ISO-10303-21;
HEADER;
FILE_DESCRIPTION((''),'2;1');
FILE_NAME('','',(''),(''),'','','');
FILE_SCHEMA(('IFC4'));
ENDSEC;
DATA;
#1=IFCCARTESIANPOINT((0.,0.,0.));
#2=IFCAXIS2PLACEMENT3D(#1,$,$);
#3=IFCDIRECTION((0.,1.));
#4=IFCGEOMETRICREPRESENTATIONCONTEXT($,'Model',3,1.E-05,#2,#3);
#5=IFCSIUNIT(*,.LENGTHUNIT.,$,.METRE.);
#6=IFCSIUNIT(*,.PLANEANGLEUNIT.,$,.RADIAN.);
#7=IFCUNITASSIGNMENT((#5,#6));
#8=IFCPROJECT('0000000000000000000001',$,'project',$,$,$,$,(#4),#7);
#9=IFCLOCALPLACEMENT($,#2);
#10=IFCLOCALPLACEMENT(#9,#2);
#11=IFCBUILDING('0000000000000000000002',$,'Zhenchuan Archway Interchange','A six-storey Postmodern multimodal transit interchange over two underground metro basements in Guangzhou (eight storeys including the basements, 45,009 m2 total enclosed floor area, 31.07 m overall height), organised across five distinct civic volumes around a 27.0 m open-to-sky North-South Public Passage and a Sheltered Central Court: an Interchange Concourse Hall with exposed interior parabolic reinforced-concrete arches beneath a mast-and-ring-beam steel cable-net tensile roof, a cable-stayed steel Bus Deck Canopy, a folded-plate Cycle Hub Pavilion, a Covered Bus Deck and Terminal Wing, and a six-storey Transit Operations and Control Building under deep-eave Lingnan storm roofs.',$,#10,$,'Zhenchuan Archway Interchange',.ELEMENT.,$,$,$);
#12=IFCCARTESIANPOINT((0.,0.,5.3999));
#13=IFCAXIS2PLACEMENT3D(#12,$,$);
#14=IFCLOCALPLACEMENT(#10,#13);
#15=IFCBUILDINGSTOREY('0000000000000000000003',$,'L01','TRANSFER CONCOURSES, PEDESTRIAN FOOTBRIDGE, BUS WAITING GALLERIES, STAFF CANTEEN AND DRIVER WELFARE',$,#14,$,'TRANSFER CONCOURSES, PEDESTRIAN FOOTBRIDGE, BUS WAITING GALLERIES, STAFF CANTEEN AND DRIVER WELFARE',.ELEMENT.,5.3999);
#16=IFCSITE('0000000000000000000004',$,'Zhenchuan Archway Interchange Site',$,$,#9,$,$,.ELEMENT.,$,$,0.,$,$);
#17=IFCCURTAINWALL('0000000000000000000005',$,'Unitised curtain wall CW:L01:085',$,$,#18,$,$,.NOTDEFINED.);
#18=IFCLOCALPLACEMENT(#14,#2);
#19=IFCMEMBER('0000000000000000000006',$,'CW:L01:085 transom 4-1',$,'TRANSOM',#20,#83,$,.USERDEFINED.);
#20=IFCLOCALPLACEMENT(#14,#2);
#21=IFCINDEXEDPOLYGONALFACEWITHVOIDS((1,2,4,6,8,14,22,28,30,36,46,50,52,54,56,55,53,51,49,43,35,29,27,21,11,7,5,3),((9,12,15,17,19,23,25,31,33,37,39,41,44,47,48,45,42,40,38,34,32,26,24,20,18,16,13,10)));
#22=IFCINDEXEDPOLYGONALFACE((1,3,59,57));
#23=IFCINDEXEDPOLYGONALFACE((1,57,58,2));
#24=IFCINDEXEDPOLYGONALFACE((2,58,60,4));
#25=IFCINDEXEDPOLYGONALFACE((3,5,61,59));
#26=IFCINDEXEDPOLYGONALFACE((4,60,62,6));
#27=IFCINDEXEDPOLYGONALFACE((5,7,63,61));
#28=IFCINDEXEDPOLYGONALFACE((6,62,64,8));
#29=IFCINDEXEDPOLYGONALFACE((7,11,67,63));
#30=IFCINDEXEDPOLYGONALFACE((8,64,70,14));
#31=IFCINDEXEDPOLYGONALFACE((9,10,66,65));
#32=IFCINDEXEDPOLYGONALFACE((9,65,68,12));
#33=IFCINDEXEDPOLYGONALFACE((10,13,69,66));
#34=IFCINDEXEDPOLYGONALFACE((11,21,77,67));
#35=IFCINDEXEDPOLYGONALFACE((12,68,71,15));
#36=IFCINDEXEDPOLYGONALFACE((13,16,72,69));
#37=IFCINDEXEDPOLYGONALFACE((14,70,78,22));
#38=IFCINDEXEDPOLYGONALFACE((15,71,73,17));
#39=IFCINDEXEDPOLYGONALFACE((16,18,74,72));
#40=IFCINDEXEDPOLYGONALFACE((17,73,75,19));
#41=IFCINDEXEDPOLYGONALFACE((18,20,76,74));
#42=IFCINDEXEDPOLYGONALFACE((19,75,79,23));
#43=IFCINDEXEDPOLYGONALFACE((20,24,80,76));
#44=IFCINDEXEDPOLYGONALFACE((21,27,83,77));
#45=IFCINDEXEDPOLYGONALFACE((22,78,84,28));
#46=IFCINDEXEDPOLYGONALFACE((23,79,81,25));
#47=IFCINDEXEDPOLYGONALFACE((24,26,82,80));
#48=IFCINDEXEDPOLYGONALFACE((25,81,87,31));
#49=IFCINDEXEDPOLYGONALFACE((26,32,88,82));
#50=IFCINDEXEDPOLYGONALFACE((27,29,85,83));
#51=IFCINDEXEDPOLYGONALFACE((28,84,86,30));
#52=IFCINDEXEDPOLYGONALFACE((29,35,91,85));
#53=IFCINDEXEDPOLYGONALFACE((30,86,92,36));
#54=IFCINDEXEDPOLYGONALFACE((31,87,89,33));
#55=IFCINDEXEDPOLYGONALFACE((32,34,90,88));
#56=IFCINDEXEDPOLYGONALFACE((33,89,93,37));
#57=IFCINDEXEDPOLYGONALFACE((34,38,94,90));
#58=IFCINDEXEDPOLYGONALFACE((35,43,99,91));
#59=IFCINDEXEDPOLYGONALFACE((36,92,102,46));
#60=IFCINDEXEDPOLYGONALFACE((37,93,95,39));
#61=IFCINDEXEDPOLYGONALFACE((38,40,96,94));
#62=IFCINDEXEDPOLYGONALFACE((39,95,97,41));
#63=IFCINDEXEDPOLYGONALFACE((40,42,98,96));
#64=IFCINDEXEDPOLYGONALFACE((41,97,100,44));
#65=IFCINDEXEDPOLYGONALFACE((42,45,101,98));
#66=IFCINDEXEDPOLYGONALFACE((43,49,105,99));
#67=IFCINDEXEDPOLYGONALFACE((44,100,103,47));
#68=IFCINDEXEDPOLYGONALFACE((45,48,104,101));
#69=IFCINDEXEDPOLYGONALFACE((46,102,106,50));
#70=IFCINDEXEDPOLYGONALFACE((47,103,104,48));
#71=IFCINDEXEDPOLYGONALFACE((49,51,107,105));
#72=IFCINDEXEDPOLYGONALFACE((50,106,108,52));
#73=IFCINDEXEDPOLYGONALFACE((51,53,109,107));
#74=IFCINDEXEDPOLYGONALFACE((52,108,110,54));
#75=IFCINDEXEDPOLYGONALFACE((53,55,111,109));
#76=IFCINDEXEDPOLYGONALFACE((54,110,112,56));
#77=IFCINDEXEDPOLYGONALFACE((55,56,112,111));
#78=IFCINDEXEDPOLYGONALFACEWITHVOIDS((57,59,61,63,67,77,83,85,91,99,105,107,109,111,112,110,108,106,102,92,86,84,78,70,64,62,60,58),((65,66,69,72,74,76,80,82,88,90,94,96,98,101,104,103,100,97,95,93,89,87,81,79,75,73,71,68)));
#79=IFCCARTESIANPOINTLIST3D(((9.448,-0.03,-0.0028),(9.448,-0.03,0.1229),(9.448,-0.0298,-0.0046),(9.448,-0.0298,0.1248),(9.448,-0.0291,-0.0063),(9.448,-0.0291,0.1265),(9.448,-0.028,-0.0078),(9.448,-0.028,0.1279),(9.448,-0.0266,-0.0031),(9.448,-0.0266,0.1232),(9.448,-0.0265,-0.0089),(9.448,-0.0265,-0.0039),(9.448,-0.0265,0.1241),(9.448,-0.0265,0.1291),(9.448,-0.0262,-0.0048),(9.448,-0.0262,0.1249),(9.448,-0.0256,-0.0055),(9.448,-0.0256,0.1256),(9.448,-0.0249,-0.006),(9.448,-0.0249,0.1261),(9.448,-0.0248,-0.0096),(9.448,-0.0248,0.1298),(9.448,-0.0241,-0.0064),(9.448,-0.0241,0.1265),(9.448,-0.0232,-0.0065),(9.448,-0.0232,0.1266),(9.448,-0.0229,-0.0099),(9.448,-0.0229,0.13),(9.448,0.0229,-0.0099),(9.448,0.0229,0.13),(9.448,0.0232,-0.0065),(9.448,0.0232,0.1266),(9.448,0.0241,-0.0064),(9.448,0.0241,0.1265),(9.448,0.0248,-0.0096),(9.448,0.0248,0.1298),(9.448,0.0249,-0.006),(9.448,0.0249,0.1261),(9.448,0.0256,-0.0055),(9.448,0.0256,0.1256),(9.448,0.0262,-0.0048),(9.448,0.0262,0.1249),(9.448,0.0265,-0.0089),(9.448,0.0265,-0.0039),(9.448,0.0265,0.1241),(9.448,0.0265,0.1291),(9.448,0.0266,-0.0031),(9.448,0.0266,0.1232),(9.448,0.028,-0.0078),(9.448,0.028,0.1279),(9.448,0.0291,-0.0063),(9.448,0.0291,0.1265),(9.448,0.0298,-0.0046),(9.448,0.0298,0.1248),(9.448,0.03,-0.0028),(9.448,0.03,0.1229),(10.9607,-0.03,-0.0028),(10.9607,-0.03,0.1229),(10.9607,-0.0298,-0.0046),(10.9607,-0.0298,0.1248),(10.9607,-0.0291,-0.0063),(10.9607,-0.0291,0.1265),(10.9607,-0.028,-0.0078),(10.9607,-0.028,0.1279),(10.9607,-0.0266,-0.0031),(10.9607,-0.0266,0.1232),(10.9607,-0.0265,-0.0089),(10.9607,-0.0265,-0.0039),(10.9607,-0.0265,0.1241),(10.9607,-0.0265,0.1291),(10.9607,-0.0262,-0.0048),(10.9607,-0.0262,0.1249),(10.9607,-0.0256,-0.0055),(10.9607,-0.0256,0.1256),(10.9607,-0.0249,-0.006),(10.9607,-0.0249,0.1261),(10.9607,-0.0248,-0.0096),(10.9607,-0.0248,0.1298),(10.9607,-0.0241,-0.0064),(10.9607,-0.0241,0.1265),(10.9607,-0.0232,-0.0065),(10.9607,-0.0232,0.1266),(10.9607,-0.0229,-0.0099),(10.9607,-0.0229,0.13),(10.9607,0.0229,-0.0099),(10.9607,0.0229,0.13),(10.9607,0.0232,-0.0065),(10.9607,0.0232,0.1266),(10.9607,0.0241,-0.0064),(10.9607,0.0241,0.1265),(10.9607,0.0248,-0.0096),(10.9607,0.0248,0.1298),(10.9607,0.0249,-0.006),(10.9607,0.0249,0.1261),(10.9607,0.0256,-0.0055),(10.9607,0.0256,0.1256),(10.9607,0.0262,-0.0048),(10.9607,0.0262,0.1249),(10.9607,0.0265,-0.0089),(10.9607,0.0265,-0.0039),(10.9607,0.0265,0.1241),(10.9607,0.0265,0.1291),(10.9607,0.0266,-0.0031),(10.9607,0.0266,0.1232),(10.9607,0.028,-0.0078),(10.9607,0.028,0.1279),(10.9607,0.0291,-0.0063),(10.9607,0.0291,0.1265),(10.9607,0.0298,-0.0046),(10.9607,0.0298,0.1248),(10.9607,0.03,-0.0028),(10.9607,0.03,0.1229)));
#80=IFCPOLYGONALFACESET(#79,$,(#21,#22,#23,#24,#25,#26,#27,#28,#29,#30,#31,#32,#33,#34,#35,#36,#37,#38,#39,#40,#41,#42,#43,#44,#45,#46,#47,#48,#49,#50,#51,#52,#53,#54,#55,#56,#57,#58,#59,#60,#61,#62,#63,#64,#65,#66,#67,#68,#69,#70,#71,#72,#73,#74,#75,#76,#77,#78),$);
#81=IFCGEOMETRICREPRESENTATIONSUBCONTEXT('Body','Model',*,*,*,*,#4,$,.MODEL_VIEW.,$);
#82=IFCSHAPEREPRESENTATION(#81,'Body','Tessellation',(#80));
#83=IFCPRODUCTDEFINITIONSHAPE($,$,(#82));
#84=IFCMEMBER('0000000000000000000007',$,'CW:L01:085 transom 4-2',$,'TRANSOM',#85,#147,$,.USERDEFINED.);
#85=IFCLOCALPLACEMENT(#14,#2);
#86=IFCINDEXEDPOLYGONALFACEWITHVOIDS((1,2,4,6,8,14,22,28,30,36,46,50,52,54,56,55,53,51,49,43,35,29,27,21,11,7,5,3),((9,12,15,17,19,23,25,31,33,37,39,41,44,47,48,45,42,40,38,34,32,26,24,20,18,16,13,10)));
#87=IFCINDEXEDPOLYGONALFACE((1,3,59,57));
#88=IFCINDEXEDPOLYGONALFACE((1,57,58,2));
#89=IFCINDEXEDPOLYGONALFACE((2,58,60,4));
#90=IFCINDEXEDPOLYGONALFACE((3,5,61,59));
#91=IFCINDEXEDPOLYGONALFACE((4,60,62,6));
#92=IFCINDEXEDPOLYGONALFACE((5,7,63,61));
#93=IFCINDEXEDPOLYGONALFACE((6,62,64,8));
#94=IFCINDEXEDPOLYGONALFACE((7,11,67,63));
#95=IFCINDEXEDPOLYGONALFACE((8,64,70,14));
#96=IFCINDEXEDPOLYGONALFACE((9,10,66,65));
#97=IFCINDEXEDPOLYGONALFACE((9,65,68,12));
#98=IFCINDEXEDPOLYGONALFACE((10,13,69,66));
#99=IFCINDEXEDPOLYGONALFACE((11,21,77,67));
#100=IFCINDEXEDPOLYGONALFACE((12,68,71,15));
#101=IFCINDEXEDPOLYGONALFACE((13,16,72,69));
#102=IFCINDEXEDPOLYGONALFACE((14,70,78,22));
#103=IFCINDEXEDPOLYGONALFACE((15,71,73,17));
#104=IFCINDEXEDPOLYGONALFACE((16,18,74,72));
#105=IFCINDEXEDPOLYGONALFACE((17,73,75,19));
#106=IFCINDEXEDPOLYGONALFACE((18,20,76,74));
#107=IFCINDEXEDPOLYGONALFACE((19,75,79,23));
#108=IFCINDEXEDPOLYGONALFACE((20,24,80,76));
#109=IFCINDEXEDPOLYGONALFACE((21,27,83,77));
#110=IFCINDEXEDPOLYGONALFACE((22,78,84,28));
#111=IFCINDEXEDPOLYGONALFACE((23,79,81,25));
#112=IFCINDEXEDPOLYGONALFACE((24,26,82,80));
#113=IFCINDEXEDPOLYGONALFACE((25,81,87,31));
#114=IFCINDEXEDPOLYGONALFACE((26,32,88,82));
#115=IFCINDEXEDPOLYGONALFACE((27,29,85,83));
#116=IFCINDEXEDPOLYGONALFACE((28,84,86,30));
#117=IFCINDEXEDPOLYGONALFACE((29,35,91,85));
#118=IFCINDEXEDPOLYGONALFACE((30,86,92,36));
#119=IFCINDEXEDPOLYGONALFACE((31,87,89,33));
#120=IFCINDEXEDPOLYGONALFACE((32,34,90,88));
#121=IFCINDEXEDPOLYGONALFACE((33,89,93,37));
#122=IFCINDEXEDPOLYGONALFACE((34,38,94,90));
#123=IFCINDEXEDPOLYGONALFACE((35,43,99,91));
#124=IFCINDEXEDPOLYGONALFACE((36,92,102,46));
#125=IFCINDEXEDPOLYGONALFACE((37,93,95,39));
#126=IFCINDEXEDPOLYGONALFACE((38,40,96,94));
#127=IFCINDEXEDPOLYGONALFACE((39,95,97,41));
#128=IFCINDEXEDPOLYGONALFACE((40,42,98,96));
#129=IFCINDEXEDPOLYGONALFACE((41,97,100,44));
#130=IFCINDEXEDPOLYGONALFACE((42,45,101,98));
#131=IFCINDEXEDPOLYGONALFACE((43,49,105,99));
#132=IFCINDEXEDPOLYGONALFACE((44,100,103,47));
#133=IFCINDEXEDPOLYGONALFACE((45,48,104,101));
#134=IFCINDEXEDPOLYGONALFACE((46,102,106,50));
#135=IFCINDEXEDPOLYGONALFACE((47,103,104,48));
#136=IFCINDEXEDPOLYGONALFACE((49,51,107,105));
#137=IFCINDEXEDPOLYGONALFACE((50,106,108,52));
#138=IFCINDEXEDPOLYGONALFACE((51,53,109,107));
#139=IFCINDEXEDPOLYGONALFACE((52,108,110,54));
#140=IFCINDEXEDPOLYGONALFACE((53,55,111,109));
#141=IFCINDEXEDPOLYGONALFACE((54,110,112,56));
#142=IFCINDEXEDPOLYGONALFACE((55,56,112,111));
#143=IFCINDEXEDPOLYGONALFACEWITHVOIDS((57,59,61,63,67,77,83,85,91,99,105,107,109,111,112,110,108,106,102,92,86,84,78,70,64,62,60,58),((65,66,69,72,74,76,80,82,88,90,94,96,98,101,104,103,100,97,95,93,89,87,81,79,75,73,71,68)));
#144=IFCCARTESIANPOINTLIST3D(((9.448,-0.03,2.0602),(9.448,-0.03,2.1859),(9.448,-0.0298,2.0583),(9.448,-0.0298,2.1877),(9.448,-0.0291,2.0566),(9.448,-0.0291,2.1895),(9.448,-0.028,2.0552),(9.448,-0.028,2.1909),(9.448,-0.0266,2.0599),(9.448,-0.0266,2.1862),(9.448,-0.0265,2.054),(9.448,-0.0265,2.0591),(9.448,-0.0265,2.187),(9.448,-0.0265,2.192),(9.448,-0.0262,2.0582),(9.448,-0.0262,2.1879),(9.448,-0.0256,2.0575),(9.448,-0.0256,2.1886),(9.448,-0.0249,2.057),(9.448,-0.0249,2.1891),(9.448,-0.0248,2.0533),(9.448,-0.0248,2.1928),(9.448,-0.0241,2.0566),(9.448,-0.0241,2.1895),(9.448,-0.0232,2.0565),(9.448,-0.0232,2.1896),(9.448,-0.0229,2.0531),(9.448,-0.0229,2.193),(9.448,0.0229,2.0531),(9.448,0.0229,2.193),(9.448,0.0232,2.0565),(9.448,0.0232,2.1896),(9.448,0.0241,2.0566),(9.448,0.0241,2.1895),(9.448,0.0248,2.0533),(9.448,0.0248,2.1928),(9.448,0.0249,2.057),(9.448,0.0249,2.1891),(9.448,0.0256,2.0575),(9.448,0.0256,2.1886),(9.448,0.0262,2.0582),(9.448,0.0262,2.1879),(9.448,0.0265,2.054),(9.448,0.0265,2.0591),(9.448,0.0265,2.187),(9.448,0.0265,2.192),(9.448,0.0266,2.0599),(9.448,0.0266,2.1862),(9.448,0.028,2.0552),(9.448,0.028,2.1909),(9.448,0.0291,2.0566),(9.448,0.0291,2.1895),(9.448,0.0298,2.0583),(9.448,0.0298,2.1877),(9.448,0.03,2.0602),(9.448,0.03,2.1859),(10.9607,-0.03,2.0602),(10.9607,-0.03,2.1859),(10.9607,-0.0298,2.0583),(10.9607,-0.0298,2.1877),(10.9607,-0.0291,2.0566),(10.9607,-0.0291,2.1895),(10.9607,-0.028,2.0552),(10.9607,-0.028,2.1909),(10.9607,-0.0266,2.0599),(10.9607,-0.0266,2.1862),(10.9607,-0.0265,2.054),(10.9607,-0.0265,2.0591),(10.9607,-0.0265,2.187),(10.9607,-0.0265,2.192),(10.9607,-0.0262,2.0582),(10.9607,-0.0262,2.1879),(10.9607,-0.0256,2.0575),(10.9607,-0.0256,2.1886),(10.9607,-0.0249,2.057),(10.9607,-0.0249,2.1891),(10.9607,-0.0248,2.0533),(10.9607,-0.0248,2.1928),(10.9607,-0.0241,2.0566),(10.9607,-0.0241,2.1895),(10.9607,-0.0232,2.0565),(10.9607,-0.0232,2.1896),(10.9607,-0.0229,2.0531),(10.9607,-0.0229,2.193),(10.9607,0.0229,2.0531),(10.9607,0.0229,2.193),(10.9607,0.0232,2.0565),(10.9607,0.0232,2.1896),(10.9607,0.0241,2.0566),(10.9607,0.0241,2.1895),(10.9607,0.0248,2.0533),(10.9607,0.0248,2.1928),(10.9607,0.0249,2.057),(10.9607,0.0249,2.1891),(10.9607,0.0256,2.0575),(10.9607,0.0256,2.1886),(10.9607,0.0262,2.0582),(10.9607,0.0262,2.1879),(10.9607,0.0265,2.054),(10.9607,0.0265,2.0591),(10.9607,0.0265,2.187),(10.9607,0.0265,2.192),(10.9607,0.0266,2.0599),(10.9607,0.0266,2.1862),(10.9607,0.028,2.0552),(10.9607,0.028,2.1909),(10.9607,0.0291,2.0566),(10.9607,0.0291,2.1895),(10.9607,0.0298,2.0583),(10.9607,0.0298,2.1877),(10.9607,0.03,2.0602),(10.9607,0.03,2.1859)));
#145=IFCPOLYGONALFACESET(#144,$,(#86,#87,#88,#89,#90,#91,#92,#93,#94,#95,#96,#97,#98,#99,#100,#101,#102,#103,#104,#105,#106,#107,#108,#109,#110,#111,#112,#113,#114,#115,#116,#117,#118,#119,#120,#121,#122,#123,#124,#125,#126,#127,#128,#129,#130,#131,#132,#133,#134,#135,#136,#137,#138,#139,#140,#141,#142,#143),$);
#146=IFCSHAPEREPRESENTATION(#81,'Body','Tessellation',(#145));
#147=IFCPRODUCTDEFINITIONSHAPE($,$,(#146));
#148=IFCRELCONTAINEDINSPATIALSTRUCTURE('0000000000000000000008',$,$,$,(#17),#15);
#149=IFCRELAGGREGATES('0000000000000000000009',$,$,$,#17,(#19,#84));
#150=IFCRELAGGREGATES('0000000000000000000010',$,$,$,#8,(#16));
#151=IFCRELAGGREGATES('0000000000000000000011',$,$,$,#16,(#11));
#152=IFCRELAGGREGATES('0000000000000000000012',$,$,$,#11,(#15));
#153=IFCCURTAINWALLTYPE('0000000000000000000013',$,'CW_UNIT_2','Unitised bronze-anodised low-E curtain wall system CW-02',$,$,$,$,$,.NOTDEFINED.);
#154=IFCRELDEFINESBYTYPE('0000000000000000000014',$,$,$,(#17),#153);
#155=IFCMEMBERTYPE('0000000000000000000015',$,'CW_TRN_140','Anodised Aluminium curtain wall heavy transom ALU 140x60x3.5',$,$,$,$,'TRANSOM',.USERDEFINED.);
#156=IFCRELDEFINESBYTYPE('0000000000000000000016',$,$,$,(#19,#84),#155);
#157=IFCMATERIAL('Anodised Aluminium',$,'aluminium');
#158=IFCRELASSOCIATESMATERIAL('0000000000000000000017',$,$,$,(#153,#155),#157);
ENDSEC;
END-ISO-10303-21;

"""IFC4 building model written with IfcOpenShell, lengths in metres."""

from ifc_helpers import new_model, si_unit, direction, frame, origin, origin_2d, place, context, subcontext, project, spatial, hollow_rectangle, extrude, material, material_profile, profile_set, type_object, element, aggregate, save


model = new_model("IFC4")

# Units and contexts
model_context = context("Model", 3, precision=1e-05, world=origin(), true_north=direction((0.0, 1.0)))
body_context = subcontext(model_context, "Body", "Model", "MODEL_VIEW")
ifc_project = project(units=[si_unit("LENGTHUNIT", "METRE"), si_unit("PLANEANGLEUNIT", "RADIAN")], contexts=[model_context])

# Site, building, storey
site_placement = place(None, origin())
site = spatial("IfcSite", under=ifc_project, at=site_placement, Name="Zhenchuan Archway Interchange Site", CompositionType="ELEMENT", RefElevation=0.0)
building_placement = place(site_placement, origin())
building = spatial("IfcBuilding", under=site, at=building_placement, Name="Zhenchuan Archway Interchange", Description="A six-storey Postmodern multimodal transit interchange over two underground metro basements in Guangzhou (eight storeys including the basements, 45,009 m2 total enclosed floor area, 31.07 m overall height), organised across five distinct civic volumes around a 27.0 m open-to-sky North-South Public Passage and a Sheltered Central Court: an Interchange Concourse Hall with exposed interior parabolic reinforced-concrete arches beneath a mast-and-ring-beam steel cable-net tensile roof, a cable-stayed steel Bus Deck Canopy, a folded-plate Cycle Hub Pavilion, a Covered Bus Deck and Terminal Wing, and a six-storey Transit Operations and Control Building under deep-eave Lingnan storm roofs.", LongName="Zhenchuan Archway Interchange", CompositionType="ELEMENT")
storey_placement = place(building_placement, frame((0.0, 0.0, 5.3999)))
storey = spatial("IfcBuildingStorey", under=building, at=storey_placement, Name="L01", Description="TRANSFER CONCOURSES, PEDESTRIAN FOOTBRIDGE, BUS WAITING GALLERIES, STAFF CANTEEN AND DRIVER WELFARE", LongName="TRANSFER CONCOURSES, PEDESTRIAN FOOTBRIDGE, BUS WAITING GALLERIES, STAFF CANTEEN AND DRIVER WELFARE", CompositionType="ELEMENT", Elevation=5.3999)

# Curtain wall
ifc_material_1 = material(Name="Anodised Aluminium", Category="aluminium")
curtain_wall_type_1 = type_object("IfcCurtainWallType", Name="CW_UNIT_2", Description="Unitised bronze-anodised low-E curtain wall system CW-02", PredefinedType="NOTDEFINED", material=ifc_material_1)
curtain_wall_1_placement = place(storey_placement, origin())
curtain_wall_1 = element("IfcCurtainWall", 1, at=curtain_wall_1_placement, inside=storey, type_object=curtain_wall_type_1, Name="Unitised curtain wall CW:L01:085", PredefinedType="NOTDEFINED")

# Members
ifc_material_profile_1 = material_profile(ifc_material_1, hollow_rectangle(XDim=0.0601, YDim=0.1399, WallThickness=0.0034, InnerFilletRadius=0.0034, OuterFilletRadius=0.0071, at=origin_2d()), Name="ALU 140x60x3.5")
ifc_profile_set_1 = profile_set([ifc_material_profile_1], Name="Anodised Aluminium")
member_type_1 = type_object("IfcMemberType", Name="CW_TRN_140", Description="Anodised Aluminium curtain wall heavy transom ALU 140x60x3.5", ElementType="TRANSOM", PredefinedType="USERDEFINED", material=ifc_profile_set_1)
member_1_placement = place(storey_placement, frame((10.9607, 0.0, 0.0601), z_axis=(-1.0, 0.0, 0.0), x_axis=(0.0, -1.0, 0.0)))
member_1 = element("IfcMember", 2, at=member_1_placement, type_object=member_type_1, Name="CW:L01:085 transom 4-1", ObjectType="TRANSOM", PredefinedType="USERDEFINED", context=body_context, shape_type="SweptSolid", body=[
    extrude(hollow_rectangle(XDim=0.0601, YDim=0.1399, WallThickness=0.0034, InnerFilletRadius=0.0034, OuterFilletRadius=0.0071, at=origin_2d()), origin(), (0.0, 0.0, 1.0), 1.5127),
])
member_2_placement = place(storey_placement, frame((10.9607, 0.0, 2.123), z_axis=(-1.0, 0.0, 0.0), x_axis=(0.0, -1.0, 0.0)))
member_2 = element("IfcMember", 3, at=member_2_placement, type_object=member_type_1, Name="CW:L01:085 transom 4-2", ObjectType="TRANSOM", PredefinedType="USERDEFINED", context=body_context, shape_type="SweptSolid", body=[
    extrude(hollow_rectangle(XDim=0.0601, YDim=0.1399, WallThickness=0.0034, InnerFilletRadius=0.0034, OuterFilletRadius=0.0071, at=origin_2d()), origin(), (0.0, 0.0, 1.0), 1.5127),
])

aggregate(curtain_wall_1, [member_1, member_2])

save(model, "model.ifc")
